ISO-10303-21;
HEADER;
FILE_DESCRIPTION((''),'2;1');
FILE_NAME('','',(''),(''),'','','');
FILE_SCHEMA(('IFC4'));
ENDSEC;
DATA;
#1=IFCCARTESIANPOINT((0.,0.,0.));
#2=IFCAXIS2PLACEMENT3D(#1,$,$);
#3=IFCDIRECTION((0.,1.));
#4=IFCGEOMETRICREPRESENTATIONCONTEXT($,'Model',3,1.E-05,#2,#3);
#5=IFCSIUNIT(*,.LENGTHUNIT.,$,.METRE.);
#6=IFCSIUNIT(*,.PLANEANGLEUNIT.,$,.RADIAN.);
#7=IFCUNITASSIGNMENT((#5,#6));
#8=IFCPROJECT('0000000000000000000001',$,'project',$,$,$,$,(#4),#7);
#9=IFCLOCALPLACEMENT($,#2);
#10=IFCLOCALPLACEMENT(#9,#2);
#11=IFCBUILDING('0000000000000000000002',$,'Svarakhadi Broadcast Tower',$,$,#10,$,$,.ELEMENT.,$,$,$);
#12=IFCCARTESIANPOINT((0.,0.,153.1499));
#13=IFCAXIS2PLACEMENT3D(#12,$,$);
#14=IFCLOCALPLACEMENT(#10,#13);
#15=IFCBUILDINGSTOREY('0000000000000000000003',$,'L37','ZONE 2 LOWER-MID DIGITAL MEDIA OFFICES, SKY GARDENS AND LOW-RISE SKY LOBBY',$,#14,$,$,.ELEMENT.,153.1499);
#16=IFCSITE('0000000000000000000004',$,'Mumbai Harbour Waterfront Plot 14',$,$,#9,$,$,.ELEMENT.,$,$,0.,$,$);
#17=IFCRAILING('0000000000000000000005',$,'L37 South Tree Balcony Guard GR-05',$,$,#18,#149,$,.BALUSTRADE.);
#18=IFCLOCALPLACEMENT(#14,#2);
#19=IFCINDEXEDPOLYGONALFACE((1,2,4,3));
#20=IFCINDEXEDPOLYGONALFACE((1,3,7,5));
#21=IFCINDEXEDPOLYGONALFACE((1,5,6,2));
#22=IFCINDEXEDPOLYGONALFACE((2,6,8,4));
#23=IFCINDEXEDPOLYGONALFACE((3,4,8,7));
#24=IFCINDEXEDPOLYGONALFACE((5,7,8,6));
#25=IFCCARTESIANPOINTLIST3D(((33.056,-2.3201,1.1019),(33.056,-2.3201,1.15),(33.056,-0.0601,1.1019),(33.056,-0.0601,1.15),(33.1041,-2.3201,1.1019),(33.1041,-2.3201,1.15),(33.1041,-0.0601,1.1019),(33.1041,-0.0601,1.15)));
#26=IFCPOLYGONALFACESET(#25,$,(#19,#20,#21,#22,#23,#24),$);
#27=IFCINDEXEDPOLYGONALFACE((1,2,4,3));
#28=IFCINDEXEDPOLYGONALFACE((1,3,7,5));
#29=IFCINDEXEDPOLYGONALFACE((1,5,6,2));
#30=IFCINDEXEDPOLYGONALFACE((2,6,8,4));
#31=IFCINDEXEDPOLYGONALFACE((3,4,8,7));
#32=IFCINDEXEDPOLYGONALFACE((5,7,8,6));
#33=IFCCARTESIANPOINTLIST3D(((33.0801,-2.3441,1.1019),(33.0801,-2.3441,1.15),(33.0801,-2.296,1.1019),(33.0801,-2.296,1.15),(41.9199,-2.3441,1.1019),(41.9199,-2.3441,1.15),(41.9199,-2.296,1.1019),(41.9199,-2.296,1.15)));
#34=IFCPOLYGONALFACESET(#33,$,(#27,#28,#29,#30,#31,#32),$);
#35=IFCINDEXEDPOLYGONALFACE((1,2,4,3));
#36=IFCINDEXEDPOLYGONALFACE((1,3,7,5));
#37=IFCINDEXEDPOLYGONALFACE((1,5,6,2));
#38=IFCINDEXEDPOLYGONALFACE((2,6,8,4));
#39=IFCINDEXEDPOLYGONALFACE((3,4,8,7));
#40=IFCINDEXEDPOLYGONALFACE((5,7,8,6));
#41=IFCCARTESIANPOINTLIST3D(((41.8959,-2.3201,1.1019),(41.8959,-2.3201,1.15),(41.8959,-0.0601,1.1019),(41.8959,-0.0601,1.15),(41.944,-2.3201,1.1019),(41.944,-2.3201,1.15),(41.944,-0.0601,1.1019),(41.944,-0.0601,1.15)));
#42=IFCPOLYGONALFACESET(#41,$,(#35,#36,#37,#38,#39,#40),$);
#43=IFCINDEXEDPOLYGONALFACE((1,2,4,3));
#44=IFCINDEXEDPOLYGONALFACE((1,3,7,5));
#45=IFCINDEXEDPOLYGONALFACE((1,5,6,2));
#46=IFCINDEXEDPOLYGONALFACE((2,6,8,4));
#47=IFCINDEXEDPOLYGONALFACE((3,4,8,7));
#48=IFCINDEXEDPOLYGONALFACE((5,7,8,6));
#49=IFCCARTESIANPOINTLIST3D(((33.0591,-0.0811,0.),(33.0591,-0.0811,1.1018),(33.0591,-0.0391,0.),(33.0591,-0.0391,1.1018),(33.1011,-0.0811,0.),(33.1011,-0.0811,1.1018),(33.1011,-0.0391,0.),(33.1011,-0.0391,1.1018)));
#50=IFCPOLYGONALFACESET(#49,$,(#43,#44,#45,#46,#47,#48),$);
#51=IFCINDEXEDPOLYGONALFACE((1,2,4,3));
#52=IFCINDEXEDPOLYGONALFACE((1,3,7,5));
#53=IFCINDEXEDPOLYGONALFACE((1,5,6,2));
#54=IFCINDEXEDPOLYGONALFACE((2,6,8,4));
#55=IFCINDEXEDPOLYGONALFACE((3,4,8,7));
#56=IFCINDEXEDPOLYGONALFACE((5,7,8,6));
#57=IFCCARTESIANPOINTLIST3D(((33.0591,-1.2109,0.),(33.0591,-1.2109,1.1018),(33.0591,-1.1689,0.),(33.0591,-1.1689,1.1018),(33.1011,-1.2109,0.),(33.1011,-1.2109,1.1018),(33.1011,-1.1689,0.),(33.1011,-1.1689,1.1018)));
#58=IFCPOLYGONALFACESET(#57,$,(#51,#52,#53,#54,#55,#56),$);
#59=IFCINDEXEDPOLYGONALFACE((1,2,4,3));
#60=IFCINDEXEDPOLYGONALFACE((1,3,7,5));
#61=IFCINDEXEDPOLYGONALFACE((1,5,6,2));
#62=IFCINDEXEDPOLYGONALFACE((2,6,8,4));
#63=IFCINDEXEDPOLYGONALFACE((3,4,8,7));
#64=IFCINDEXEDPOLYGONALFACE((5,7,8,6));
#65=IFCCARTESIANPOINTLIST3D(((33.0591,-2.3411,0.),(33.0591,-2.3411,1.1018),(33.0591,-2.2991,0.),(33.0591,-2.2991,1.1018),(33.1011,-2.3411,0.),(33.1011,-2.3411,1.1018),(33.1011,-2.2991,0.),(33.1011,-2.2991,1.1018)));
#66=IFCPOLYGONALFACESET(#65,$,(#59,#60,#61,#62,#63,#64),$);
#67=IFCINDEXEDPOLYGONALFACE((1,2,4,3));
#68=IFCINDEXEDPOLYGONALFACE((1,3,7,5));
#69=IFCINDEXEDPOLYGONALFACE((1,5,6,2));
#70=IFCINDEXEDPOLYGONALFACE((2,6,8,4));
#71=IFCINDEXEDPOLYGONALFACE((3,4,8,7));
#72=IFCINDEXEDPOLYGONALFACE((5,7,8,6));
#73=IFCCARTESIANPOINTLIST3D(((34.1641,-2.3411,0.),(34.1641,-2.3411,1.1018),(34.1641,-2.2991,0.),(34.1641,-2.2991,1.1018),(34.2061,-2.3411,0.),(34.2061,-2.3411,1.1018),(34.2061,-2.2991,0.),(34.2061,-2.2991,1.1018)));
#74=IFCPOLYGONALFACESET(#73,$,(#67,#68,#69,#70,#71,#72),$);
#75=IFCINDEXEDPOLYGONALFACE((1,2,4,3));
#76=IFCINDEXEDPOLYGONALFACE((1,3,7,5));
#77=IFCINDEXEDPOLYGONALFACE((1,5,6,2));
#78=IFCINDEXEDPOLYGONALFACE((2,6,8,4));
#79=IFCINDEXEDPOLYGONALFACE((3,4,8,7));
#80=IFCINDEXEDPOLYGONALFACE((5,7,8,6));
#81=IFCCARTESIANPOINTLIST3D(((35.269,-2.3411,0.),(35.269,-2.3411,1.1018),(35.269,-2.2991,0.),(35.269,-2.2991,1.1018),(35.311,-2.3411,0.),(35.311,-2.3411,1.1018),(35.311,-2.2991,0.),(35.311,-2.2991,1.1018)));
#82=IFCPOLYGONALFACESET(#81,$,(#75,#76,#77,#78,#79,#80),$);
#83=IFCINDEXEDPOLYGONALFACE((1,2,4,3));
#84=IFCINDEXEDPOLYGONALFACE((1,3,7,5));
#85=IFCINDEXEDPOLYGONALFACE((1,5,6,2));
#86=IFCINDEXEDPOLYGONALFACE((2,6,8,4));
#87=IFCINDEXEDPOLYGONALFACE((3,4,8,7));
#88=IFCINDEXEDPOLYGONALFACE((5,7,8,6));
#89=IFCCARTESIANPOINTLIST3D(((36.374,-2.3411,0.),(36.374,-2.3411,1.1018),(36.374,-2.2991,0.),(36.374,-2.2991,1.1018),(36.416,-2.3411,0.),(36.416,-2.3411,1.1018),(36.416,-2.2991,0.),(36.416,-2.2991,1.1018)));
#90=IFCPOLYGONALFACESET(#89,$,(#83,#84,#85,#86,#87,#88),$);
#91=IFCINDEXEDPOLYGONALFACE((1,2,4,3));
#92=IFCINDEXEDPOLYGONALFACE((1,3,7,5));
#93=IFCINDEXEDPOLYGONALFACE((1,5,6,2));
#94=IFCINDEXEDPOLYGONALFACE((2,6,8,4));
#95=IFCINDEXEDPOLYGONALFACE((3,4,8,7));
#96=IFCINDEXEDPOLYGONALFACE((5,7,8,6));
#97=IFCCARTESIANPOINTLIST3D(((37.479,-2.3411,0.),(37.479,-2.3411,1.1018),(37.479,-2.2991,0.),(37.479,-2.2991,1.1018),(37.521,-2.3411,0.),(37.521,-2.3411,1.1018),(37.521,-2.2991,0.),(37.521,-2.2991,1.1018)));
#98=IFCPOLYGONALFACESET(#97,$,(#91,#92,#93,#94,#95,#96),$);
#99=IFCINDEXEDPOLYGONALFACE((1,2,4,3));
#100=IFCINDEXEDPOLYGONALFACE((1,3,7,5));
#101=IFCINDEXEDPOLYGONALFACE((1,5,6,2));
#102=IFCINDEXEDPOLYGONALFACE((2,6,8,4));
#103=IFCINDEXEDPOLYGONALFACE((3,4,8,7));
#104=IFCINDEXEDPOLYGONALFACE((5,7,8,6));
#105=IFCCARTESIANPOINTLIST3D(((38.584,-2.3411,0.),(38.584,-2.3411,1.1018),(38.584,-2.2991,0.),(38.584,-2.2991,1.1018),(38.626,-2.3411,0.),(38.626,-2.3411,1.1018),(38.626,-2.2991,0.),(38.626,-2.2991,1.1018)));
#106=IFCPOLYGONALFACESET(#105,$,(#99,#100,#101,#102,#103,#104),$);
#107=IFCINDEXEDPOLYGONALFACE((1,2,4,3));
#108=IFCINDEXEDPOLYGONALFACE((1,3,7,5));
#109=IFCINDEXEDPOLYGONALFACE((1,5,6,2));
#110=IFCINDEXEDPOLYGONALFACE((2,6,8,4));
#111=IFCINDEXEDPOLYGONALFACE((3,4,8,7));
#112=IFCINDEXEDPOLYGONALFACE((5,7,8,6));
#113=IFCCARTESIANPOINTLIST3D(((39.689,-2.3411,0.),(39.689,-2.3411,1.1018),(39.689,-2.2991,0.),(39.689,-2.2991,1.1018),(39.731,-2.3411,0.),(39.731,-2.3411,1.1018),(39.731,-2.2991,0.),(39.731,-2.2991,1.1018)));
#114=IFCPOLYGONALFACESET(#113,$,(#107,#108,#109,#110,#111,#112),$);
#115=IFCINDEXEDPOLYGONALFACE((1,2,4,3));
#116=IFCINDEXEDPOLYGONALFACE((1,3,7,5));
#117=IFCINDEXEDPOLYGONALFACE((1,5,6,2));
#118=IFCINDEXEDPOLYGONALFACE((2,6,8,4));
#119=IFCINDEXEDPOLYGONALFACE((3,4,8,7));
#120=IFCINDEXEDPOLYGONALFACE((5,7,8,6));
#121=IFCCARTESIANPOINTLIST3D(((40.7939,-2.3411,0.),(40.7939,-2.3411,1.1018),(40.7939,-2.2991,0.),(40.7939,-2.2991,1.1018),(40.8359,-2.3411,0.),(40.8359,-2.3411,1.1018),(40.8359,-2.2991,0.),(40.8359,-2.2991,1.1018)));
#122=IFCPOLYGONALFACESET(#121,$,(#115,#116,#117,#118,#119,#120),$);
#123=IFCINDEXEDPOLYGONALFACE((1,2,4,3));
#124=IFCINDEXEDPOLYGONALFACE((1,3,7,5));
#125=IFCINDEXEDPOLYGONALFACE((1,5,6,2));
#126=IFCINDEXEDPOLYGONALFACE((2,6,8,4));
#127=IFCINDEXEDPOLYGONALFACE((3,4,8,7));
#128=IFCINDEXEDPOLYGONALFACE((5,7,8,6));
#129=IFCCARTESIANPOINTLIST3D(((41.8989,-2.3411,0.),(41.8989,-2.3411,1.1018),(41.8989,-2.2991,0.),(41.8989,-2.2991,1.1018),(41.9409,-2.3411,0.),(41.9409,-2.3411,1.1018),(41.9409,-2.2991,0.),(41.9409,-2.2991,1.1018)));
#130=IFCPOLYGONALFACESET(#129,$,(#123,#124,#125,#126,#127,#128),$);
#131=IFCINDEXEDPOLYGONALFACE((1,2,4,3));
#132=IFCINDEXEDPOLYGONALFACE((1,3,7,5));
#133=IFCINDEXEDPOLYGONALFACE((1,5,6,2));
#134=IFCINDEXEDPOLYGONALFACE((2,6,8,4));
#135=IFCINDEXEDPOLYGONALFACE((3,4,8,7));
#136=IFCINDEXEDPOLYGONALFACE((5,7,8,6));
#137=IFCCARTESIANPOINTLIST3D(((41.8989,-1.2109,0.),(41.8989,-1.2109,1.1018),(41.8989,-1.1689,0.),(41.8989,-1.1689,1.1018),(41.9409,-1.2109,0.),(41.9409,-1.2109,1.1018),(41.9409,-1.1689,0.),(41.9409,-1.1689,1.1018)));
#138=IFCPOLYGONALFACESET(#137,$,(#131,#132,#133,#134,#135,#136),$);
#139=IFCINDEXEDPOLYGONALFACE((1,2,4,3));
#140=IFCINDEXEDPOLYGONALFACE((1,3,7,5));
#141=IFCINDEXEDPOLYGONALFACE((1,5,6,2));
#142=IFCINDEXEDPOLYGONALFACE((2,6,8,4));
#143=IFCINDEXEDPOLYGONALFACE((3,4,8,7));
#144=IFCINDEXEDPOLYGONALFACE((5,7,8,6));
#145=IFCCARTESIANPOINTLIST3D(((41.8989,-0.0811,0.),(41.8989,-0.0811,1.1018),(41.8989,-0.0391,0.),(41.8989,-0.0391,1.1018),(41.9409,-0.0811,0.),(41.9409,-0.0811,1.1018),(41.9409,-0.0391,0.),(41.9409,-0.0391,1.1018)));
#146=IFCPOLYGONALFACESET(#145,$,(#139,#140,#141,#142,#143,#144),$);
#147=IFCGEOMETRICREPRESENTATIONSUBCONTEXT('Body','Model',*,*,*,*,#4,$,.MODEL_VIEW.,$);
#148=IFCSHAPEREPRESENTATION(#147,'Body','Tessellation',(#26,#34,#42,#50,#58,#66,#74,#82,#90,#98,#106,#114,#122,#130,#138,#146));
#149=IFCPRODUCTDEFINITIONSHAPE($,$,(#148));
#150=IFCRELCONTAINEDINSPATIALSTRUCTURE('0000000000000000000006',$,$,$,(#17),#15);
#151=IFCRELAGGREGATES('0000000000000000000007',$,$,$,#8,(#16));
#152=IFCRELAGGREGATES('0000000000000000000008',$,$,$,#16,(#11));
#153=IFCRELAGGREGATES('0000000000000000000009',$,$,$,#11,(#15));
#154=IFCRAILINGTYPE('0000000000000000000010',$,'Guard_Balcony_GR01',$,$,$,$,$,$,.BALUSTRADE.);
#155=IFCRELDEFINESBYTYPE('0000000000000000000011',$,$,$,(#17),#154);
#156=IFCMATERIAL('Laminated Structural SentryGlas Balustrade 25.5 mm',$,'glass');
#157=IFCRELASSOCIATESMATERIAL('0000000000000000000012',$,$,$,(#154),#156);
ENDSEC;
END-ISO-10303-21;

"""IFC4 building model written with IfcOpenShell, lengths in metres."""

from ifc_helpers import new_model, si_unit, direction, frame, origin, origin_2d, place, context, subcontext, project, spatial, rectangle, extrude, material, type_object, element, save


model = new_model("IFC4")

# Units and contexts
model_context = context("Model", 3, precision=1e-05, world=origin(), true_north=direction((0.0, 1.0)))
body_context = subcontext(model_context, "Body", "Model", "MODEL_VIEW")
ifc_project = project(units=[si_unit("LENGTHUNIT", "METRE"), si_unit("PLANEANGLEUNIT", "RADIAN")], contexts=[model_context])

# Site, building, storey
site_placement = place(None, origin())
site = spatial("IfcSite", under=ifc_project, at=site_placement, Name="Mumbai Harbour Waterfront Plot 14", CompositionType="ELEMENT", RefElevation=0.0)
building_placement = place(site_placement, origin())
building = spatial("IfcBuilding", under=site, at=building_placement, Name="Svarakhadi Broadcast Tower", CompositionType="ELEMENT")
storey_placement = place(building_placement, frame((0.0, 0.0, 153.1499)))
storey = spatial("IfcBuildingStorey", under=building, at=storey_placement, Name="L37", Description="ZONE 2 LOWER-MID DIGITAL MEDIA OFFICES, SKY GARDENS AND LOW-RISE SKY LOBBY", CompositionType="ELEMENT", Elevation=153.1499)

# Railing
ifc_material_1 = material(Name="Laminated Structural SentryGlas Balustrade 25.5 mm", Category="glass")
railing_type = type_object("IfcRailingType", Name="Guard_Balcony_GR01", PredefinedType="BALUSTRADE", material=ifc_material_1)
railing_placement = place(storey_placement, frame((33.0801, -0.0601, 0.0)))
element("IfcRailing", 1, at=railing_placement, inside=storey, type_object=railing_type, Name="L37 South Tree Balcony Guard GR-05", PredefinedType="BALUSTRADE", context=body_context, shape_type="SweptSolid", body=[
    extrude(rectangle(XDim=0.0481, YDim=0.0481, at=origin_2d()), frame((0.0, 0.0, 1.126), z_axis=(0.0, -1.0, 0.0), x_axis=(1.0, 0.0, 0.0)), (0.0, 0.0, 1.0), 2.26),
    extrude(rectangle(XDim=0.0481, YDim=0.0481, at=origin_2d()), frame((0.0, -2.26, 1.126), z_axis=(1.0, 0.0, 0.0), x_axis=(0.0, 1.0, 0.0)), (0.0, 0.0, 1.0), 8.8398),
    extrude(rectangle(XDim=0.0481, YDim=0.0481, at=origin_2d()), frame((8.8398, -2.26, 1.126), z_axis=(0.0, 1.0, 0.0), x_axis=(-1.0, 0.0, 0.0)), (0.0, 0.0, 1.0), 2.26),
    extrude(rectangle(XDim=0.042, YDim=0.042, at=origin_2d()), origin(), (0.0, 0.0, 1.0), 1.1018),
    extrude(rectangle(XDim=0.042, YDim=0.042, at=origin_2d()), frame((0.0, -1.1299, 0.0)), (0.0, 0.0, 1.0), 1.1018),
    extrude(rectangle(XDim=0.042, YDim=0.042, at=origin_2d()), frame((0.0, -2.26, 0.0)), (0.0, 0.0, 1.0), 1.1018),
    extrude(rectangle(XDim=0.042, YDim=0.042, at=origin_2d()), frame((1.105, -2.26, 0.0)), (0.0, 0.0, 1.0), 1.1018),
    extrude(rectangle(XDim=0.042, YDim=0.042, at=origin_2d()), frame((2.21, -2.26, 0.0)), (0.0, 0.0, 1.0), 1.1018),
    extrude(rectangle(XDim=0.042, YDim=0.042, at=origin_2d()), frame((3.3149, -2.26, 0.0)), (0.0, 0.0, 1.0), 1.1018),
    extrude(rectangle(XDim=0.042, YDim=0.042, at=origin_2d()), frame((4.4199, -2.26, 0.0)), (0.0, 0.0, 1.0), 1.1018),
    extrude(rectangle(XDim=0.042, YDim=0.042, at=origin_2d()), frame((5.5249, -2.26, 0.0)), (0.0, 0.0, 1.0), 1.1018),
    extrude(rectangle(XDim=0.042, YDim=0.042, at=origin_2d()), frame((6.6299, -2.26, 0.0)), (0.0, 0.0, 1.0), 1.1018),
    extrude(rectangle(XDim=0.042, YDim=0.042, at=origin_2d()), frame((7.7349, -2.26, 0.0)), (0.0, 0.0, 1.0), 1.1018),
    extrude(rectangle(XDim=0.042, YDim=0.042, at=origin_2d()), frame((8.8398, -2.26, 0.0)), (0.0, 0.0, 1.0), 1.1018),
    extrude(rectangle(XDim=0.042, YDim=0.042, at=origin_2d()), frame((8.8398, -1.1299, 0.0)), (0.0, 0.0, 1.0), 1.1018),
    extrude(rectangle(XDim=0.042, YDim=0.042, at=origin_2d()), frame((8.8398, 0.0, 0.0)), (0.0, 0.0, 1.0), 1.1018),
])

save(model, "model.ifc")
